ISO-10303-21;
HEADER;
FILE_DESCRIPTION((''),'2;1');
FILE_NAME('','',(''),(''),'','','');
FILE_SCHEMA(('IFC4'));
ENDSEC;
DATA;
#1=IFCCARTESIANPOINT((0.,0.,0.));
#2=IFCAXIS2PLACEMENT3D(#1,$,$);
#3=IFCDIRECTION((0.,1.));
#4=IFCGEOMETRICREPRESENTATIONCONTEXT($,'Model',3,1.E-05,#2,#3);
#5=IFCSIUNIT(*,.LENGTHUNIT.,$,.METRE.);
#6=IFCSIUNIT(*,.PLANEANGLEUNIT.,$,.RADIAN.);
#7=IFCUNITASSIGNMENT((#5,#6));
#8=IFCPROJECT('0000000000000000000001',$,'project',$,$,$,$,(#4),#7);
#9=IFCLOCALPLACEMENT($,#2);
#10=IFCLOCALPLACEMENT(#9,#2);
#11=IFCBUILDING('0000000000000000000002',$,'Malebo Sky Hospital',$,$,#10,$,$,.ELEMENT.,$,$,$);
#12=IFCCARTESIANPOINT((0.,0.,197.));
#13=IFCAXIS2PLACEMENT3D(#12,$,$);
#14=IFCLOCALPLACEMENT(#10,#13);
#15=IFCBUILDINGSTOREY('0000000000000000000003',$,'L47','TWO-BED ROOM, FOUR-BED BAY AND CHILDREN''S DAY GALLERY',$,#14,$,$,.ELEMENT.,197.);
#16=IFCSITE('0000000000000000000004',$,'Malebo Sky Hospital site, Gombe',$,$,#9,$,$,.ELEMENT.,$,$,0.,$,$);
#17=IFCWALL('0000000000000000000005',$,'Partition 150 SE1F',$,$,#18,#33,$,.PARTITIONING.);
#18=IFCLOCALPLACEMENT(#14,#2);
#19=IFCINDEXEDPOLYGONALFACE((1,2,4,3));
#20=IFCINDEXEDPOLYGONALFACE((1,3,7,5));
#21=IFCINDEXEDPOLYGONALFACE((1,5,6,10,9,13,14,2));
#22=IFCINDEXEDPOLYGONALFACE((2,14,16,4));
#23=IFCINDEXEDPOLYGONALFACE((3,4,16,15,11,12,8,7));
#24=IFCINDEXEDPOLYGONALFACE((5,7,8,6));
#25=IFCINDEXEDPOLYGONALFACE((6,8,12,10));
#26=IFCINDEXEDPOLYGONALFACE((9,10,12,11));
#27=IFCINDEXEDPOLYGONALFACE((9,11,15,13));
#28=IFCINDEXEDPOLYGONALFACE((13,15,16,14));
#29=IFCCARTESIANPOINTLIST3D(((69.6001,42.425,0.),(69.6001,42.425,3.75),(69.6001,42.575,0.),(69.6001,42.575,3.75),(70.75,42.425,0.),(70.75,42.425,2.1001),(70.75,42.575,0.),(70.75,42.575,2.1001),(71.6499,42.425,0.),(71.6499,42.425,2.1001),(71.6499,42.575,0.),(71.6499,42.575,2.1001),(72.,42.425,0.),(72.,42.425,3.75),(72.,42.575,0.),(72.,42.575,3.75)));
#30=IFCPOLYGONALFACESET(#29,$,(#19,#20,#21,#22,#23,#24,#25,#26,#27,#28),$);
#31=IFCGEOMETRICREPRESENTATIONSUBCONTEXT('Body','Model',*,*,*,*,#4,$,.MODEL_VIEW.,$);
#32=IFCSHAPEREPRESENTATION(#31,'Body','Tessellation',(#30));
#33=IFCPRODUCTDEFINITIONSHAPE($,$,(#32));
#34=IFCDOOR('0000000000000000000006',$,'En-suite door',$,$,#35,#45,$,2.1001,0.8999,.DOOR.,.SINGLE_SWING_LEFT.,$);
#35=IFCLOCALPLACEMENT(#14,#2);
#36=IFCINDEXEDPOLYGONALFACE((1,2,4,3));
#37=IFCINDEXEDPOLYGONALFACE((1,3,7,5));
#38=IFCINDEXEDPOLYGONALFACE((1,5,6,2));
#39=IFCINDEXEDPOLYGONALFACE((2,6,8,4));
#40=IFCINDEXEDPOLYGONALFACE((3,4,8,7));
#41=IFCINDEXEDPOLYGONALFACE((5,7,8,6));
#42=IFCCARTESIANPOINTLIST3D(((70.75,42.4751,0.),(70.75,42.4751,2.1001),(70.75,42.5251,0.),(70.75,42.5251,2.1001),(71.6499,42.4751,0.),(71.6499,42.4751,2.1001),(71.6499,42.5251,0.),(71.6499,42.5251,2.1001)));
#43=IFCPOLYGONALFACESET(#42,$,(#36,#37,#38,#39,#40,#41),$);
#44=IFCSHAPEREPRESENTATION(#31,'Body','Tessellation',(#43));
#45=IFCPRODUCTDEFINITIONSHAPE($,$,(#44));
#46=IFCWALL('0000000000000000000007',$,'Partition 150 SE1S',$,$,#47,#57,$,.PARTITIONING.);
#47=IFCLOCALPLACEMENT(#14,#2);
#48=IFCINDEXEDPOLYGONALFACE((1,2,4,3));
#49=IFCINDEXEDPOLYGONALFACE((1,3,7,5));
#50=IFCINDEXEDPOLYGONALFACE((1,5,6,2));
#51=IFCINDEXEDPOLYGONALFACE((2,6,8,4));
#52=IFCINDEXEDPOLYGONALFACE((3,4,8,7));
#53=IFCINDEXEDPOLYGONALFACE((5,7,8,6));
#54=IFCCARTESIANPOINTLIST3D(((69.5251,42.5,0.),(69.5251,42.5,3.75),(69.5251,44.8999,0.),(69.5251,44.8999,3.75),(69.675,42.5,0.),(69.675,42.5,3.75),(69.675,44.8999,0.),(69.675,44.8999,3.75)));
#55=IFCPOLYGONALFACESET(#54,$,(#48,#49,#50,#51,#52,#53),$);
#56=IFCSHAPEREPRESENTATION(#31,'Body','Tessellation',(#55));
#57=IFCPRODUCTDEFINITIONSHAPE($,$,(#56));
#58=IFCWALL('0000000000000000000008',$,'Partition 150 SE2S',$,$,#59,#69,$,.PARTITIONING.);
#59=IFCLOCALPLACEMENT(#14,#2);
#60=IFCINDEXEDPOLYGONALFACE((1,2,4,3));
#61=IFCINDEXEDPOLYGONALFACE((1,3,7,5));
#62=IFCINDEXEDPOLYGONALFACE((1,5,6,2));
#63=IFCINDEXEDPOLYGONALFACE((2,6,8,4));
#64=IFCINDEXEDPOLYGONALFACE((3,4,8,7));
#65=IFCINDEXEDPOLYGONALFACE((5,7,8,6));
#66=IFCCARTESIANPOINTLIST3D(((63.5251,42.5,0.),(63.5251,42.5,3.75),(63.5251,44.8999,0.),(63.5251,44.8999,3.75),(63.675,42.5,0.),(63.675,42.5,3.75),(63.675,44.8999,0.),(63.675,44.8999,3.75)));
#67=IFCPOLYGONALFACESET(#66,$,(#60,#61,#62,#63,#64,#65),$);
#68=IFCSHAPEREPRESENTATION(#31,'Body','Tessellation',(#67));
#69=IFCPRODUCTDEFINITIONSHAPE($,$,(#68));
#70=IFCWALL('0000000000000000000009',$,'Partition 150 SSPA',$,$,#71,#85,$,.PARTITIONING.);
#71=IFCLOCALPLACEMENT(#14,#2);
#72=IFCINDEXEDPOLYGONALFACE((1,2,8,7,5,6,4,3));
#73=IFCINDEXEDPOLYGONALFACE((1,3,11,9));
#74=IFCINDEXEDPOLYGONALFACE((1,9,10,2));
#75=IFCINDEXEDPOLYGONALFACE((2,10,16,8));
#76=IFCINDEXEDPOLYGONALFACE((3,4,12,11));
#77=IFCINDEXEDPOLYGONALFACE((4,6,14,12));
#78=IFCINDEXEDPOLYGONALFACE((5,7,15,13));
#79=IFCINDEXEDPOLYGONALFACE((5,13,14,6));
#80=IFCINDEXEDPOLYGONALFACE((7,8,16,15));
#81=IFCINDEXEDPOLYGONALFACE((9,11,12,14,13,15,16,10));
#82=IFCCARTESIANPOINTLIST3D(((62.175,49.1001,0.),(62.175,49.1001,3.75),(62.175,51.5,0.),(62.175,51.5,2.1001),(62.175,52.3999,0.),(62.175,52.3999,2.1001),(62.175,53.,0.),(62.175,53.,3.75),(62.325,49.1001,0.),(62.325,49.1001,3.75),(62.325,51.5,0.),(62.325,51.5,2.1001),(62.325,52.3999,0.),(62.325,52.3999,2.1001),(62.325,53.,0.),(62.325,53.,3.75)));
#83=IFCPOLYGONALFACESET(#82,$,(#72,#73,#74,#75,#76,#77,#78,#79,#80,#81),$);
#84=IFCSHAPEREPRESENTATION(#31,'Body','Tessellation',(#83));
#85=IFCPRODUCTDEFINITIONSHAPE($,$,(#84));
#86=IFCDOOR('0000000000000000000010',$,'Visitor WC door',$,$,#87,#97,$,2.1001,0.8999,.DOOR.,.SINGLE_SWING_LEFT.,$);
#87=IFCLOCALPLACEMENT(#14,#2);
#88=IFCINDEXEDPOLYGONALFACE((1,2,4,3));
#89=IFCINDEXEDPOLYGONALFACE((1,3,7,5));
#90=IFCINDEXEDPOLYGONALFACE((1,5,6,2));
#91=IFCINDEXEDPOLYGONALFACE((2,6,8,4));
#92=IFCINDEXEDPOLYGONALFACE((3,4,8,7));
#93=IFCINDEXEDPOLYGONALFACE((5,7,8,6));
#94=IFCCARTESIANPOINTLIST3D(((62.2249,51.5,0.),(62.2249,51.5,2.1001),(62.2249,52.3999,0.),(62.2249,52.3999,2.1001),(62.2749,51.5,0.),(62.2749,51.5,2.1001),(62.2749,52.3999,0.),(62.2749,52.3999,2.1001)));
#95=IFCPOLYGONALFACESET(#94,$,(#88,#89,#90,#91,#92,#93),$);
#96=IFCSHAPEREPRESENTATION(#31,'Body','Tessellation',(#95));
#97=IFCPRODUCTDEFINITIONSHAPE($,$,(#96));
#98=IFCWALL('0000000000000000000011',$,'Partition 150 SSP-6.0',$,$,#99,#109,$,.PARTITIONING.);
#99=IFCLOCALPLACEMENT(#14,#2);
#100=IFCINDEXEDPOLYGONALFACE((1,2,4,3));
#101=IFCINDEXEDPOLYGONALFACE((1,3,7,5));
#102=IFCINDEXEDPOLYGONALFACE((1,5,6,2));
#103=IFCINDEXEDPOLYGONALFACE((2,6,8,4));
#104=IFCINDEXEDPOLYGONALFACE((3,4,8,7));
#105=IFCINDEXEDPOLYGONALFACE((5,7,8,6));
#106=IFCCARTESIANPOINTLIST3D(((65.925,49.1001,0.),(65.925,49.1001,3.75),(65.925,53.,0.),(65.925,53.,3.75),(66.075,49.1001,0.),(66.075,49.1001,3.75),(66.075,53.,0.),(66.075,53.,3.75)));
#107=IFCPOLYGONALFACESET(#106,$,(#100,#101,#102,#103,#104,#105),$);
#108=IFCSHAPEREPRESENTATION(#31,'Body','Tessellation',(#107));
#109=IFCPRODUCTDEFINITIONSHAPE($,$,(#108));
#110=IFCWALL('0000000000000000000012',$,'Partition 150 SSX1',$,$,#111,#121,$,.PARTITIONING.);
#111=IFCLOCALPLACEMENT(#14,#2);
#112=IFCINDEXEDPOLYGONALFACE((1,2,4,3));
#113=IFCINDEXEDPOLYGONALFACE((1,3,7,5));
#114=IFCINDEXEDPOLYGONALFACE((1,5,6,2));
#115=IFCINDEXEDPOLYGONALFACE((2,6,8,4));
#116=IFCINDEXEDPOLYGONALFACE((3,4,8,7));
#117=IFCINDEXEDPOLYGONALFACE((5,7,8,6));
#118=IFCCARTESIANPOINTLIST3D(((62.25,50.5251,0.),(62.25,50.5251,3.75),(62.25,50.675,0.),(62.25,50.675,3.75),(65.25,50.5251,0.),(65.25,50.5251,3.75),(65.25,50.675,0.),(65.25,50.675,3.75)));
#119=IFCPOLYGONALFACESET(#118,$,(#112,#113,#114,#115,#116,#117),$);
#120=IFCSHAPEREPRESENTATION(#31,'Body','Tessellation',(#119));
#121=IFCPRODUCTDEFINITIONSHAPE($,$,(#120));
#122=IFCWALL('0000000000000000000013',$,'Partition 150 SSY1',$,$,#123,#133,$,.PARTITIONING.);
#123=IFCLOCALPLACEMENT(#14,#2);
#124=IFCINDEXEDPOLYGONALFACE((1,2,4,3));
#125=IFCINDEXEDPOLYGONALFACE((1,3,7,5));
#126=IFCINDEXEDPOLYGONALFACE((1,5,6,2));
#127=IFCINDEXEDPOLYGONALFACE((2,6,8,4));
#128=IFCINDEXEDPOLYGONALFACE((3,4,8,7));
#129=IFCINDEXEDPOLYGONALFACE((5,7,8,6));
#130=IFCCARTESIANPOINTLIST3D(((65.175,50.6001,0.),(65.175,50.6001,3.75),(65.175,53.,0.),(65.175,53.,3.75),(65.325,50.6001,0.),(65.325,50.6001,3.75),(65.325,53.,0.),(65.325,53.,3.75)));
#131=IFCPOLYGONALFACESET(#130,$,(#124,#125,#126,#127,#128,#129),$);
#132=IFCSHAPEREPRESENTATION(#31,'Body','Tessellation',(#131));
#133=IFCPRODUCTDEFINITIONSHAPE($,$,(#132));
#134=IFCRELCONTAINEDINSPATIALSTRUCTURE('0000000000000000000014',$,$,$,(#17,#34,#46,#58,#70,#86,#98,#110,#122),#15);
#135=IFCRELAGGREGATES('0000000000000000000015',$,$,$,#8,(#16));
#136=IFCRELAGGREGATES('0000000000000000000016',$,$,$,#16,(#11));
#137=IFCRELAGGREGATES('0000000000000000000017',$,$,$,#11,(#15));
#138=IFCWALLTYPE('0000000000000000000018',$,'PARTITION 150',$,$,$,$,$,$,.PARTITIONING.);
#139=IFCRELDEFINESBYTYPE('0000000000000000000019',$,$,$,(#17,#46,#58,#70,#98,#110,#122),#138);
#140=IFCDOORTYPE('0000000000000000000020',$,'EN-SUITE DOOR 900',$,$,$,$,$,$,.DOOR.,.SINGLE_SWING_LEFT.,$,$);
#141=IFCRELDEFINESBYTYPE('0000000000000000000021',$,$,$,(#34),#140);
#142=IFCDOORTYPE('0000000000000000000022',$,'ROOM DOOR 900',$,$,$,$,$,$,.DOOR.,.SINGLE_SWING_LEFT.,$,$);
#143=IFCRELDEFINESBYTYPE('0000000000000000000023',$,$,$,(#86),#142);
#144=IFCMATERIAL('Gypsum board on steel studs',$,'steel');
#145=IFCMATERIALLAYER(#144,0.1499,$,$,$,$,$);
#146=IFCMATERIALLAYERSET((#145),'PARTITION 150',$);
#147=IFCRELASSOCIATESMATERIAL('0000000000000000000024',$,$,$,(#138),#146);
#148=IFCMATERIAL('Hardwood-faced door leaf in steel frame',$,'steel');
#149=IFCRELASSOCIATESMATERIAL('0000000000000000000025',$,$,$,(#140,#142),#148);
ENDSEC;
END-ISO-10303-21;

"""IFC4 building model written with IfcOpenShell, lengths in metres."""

from ifc_helpers import new_model, si_unit, direction, frame, frame_2d, origin, place, context, subcontext, project, spatial, rectangle, extrude, material, layer, layer_set, type_object, element, fill, save


model = new_model("IFC4")

# Units and contexts
model_context = context("Model", 3, precision=1e-05, world=origin(), true_north=direction((0.0, 1.0)))
body_context = subcontext(model_context, "Body", "Model", "MODEL_VIEW")
ifc_project = project(units=[si_unit("LENGTHUNIT", "METRE"), si_unit("PLANEANGLEUNIT", "RADIAN")], contexts=[model_context])

# Site, building, storey
site_placement = place(None, origin())
site = spatial("IfcSite", under=ifc_project, at=site_placement, Name="Malebo Sky Hospital site, Gombe", CompositionType="ELEMENT", RefElevation=0.0)
building_placement = place(site_placement, origin())
building = spatial("IfcBuilding", under=site, at=building_placement, Name="Malebo Sky Hospital", CompositionType="ELEMENT")
storey_placement = place(building_placement, frame((0.0, 0.0, 197.0)))
storey = spatial("IfcBuildingStorey", under=building, at=storey_placement, Name="L47", Description="TWO-BED ROOM, FOUR-BED BAY AND CHILDREN'S DAY GALLERY", CompositionType="ELEMENT", Elevation=197.0)

# Shared definitions
ifc_material_1 = material(Name="Gypsum board on steel studs", Category="steel")
ifc_material_2 = material(Name="Hardwood-faced door leaf in steel frame", Category="steel")

# Shared definitions
ifc_layer_1 = layer(ifc_material_1, 0.1499)
ifc_layer_set_1 = layer_set([ifc_layer_1], Name="PARTITION 150")
wall_type_1 = type_object("IfcWallType", Name="PARTITION 150", PredefinedType="PARTITIONING", material=ifc_layer_set_1)

# Wall, opening, door
wall_1_placement = place(storey_placement, frame((72.0, 42.5, 0.0), z_axis=(0.0, 0.0, 1.0), x_axis=(-1.0, 0.0, 0.0)))
wall_1 = element("IfcWall", 1, at=wall_1_placement, inside=storey, type_object=wall_type_1, Name="Partition 150 SE1F", PredefinedType="PARTITIONING", context=body_context, shape_type="SweptSolid", body=[
    extrude(rectangle(XDim=2.3999, YDim=0.1499, at=frame_2d((1.2, 0.0))), origin(), (0.0, 0.0, 1.0), 3.75),
])
opening_1_placement = place(wall_1_placement, frame((0.3501, 0.0, 0.0)))
opening_1 = element("IfcOpeningElement", 2, at=opening_1_placement, cuts=wall_1, PredefinedType="OPENING", context=body_context, shape_type="SweptSolid", body=[
    extrude(rectangle(XDim=0.8999, YDim=2.1001, at=frame_2d((0.45, 1.05))), frame((0.0, 0.085, 0.0), z_axis=(0.0, -1.0, 0.0), x_axis=(1.0, 0.0, 0.0)), (0.0, 0.0, 1.0), 0.1699),
])
door_type_1 = type_object("IfcDoorType", Name="EN-SUITE DOOR 900", OperationType="SINGLE_SWING_LEFT", PredefinedType="DOOR", material=ifc_material_2)
door_1_placement = place(opening_1_placement, origin())
door_1 = element("IfcDoor", 3, at=door_1_placement, inside=storey, type_object=door_type_1, Name="En-suite door", OperationType="SINGLE_SWING_LEFT", OverallHeight=2.1001, OverallWidth=0.8999, PredefinedType="DOOR", context=body_context, shape_type="SweptSolid", body=[
    extrude(rectangle(XDim=0.8999, YDim=2.1001, at=frame_2d((0.45, 1.05))), frame((0.0, 0.0249, 0.0), z_axis=(0.0, -1.0, 0.0), x_axis=(1.0, 0.0, 0.0)), (0.0, 0.0, 1.0), 0.05),
])
fill(opening_1, door_1)

# Walls
for number, where, z_axis, x_axis, name in (
    (4, (69.6001, 44.8999, 0.0), (0.0, 0.0, 1.0), (0.0, -1.0, 0.0), "Partition 150 SE1S"),
    (5, (63.6001, 44.8999, 0.0), (0.0, 0.0, 1.0), (0.0, -1.0, 0.0), "Partition 150 SE2S"),
):
    element("IfcWall", number, at=place(storey_placement, frame(where, z_axis=z_axis, x_axis=x_axis)), inside=storey, type_object=wall_type_1, Name=name, PredefinedType="PARTITIONING", context=body_context, shape_type="SweptSolid", body=[
        extrude(rectangle(XDim=2.3999, YDim=0.1499, at=frame_2d((1.2, 0.0))), origin(), (0.0, 0.0, 1.0), 3.75),
    ])

# Wall, opening, door
wall_2_placement = place(storey_placement, frame((62.25, 53.0, 0.0), z_axis=(0.0, 0.0, 1.0), x_axis=(0.0, -1.0, 0.0)))
wall_2 = element("IfcWall", 6, at=wall_2_placement, inside=storey, type_object=wall_type_1, Name="Partition 150 SSPA", PredefinedType="PARTITIONING", context=body_context, shape_type="SweptSolid", body=[
    extrude(rectangle(XDim=3.8999, YDim=0.1499, at=frame_2d((1.95, 0.0))), origin(), (0.0, 0.0, 1.0), 3.75),
])
opening_2_placement = place(wall_2_placement, frame((0.6001, 0.0, 0.0)))
opening_2 = element("IfcOpeningElement", 7, at=opening_2_placement, cuts=wall_2, PredefinedType="OPENING", context=body_context, shape_type="SweptSolid", body=[
    extrude(rectangle(XDim=0.8999, YDim=2.1001, at=frame_2d((0.45, 1.05))), frame((0.0, 0.085, 0.0), z_axis=(0.0, -1.0, 0.0), x_axis=(1.0, 0.0, 0.0)), (0.0, 0.0, 1.0), 0.1699),
])
door_type_2 = type_object("IfcDoorType", Name="ROOM DOOR 900", OperationType="SINGLE_SWING_LEFT", PredefinedType="DOOR", material=ifc_material_2)
door_2_placement = place(opening_2_placement, origin())
door_2 = element("IfcDoor", 8, at=door_2_placement, inside=storey, type_object=door_type_2, Name="Visitor WC door", OperationType="SINGLE_SWING_LEFT", OverallHeight=2.1001, OverallWidth=0.8999, PredefinedType="DOOR", context=body_context, shape_type="SweptSolid", body=[
    extrude(rectangle(XDim=0.8999, YDim=2.1001, at=frame_2d((0.45, 1.05))), frame((0.0, 0.0249, 0.0), z_axis=(0.0, -1.0, 0.0), x_axis=(1.0, 0.0, 0.0)), (0.0, 0.0, 1.0), 0.05),
])
fill(opening_2, door_2)

# Walls
wall_3_placement = place(storey_placement, frame((66.0, 53.0, 0.0), z_axis=(0.0, 0.0, 1.0), x_axis=(0.0, -1.0, 0.0)))
element("IfcWall", 9, at=wall_3_placement, inside=storey, type_object=wall_type_1, Name="Partition 150 SSP-6.0", PredefinedType="PARTITIONING", context=body_context, shape_type="SweptSolid", body=[
    extrude(rectangle(XDim=3.8999, YDim=0.1499, at=frame_2d((1.95, 0.0))), origin(), (0.0, 0.0, 1.0), 3.75),
])
wall_4_placement = place(storey_placement, frame((65.25, 50.6001, 0.0), z_axis=(0.0, 0.0, 1.0), x_axis=(-1.0, 0.0, 0.0)))
element("IfcWall", 10, at=wall_4_placement, inside=storey, type_object=wall_type_1, Name="Partition 150 SSX1", PredefinedType="PARTITIONING", context=body_context, shape_type="SweptSolid", body=[
    extrude(rectangle(XDim=3.0, YDim=0.1499, at=frame_2d((1.5, 0.0))), origin(), (0.0, 0.0, 1.0), 3.75),
])
wall_5_placement = place(storey_placement, frame((65.25, 53.0, 0.0), z_axis=(0.0, 0.0, 1.0), x_axis=(0.0, -1.0, 0.0)))
element("IfcWall", 11, at=wall_5_placement, inside=storey, type_object=wall_type_1, Name="Partition 150 SSY1", PredefinedType="PARTITIONING", context=body_context, shape_type="SweptSolid", body=[
    extrude(rectangle(XDim=2.3999, YDim=0.1499, at=frame_2d((1.2, 0.0))), origin(), (0.0, 0.0, 1.0), 3.75),
])

save(model, "model.ifc")
